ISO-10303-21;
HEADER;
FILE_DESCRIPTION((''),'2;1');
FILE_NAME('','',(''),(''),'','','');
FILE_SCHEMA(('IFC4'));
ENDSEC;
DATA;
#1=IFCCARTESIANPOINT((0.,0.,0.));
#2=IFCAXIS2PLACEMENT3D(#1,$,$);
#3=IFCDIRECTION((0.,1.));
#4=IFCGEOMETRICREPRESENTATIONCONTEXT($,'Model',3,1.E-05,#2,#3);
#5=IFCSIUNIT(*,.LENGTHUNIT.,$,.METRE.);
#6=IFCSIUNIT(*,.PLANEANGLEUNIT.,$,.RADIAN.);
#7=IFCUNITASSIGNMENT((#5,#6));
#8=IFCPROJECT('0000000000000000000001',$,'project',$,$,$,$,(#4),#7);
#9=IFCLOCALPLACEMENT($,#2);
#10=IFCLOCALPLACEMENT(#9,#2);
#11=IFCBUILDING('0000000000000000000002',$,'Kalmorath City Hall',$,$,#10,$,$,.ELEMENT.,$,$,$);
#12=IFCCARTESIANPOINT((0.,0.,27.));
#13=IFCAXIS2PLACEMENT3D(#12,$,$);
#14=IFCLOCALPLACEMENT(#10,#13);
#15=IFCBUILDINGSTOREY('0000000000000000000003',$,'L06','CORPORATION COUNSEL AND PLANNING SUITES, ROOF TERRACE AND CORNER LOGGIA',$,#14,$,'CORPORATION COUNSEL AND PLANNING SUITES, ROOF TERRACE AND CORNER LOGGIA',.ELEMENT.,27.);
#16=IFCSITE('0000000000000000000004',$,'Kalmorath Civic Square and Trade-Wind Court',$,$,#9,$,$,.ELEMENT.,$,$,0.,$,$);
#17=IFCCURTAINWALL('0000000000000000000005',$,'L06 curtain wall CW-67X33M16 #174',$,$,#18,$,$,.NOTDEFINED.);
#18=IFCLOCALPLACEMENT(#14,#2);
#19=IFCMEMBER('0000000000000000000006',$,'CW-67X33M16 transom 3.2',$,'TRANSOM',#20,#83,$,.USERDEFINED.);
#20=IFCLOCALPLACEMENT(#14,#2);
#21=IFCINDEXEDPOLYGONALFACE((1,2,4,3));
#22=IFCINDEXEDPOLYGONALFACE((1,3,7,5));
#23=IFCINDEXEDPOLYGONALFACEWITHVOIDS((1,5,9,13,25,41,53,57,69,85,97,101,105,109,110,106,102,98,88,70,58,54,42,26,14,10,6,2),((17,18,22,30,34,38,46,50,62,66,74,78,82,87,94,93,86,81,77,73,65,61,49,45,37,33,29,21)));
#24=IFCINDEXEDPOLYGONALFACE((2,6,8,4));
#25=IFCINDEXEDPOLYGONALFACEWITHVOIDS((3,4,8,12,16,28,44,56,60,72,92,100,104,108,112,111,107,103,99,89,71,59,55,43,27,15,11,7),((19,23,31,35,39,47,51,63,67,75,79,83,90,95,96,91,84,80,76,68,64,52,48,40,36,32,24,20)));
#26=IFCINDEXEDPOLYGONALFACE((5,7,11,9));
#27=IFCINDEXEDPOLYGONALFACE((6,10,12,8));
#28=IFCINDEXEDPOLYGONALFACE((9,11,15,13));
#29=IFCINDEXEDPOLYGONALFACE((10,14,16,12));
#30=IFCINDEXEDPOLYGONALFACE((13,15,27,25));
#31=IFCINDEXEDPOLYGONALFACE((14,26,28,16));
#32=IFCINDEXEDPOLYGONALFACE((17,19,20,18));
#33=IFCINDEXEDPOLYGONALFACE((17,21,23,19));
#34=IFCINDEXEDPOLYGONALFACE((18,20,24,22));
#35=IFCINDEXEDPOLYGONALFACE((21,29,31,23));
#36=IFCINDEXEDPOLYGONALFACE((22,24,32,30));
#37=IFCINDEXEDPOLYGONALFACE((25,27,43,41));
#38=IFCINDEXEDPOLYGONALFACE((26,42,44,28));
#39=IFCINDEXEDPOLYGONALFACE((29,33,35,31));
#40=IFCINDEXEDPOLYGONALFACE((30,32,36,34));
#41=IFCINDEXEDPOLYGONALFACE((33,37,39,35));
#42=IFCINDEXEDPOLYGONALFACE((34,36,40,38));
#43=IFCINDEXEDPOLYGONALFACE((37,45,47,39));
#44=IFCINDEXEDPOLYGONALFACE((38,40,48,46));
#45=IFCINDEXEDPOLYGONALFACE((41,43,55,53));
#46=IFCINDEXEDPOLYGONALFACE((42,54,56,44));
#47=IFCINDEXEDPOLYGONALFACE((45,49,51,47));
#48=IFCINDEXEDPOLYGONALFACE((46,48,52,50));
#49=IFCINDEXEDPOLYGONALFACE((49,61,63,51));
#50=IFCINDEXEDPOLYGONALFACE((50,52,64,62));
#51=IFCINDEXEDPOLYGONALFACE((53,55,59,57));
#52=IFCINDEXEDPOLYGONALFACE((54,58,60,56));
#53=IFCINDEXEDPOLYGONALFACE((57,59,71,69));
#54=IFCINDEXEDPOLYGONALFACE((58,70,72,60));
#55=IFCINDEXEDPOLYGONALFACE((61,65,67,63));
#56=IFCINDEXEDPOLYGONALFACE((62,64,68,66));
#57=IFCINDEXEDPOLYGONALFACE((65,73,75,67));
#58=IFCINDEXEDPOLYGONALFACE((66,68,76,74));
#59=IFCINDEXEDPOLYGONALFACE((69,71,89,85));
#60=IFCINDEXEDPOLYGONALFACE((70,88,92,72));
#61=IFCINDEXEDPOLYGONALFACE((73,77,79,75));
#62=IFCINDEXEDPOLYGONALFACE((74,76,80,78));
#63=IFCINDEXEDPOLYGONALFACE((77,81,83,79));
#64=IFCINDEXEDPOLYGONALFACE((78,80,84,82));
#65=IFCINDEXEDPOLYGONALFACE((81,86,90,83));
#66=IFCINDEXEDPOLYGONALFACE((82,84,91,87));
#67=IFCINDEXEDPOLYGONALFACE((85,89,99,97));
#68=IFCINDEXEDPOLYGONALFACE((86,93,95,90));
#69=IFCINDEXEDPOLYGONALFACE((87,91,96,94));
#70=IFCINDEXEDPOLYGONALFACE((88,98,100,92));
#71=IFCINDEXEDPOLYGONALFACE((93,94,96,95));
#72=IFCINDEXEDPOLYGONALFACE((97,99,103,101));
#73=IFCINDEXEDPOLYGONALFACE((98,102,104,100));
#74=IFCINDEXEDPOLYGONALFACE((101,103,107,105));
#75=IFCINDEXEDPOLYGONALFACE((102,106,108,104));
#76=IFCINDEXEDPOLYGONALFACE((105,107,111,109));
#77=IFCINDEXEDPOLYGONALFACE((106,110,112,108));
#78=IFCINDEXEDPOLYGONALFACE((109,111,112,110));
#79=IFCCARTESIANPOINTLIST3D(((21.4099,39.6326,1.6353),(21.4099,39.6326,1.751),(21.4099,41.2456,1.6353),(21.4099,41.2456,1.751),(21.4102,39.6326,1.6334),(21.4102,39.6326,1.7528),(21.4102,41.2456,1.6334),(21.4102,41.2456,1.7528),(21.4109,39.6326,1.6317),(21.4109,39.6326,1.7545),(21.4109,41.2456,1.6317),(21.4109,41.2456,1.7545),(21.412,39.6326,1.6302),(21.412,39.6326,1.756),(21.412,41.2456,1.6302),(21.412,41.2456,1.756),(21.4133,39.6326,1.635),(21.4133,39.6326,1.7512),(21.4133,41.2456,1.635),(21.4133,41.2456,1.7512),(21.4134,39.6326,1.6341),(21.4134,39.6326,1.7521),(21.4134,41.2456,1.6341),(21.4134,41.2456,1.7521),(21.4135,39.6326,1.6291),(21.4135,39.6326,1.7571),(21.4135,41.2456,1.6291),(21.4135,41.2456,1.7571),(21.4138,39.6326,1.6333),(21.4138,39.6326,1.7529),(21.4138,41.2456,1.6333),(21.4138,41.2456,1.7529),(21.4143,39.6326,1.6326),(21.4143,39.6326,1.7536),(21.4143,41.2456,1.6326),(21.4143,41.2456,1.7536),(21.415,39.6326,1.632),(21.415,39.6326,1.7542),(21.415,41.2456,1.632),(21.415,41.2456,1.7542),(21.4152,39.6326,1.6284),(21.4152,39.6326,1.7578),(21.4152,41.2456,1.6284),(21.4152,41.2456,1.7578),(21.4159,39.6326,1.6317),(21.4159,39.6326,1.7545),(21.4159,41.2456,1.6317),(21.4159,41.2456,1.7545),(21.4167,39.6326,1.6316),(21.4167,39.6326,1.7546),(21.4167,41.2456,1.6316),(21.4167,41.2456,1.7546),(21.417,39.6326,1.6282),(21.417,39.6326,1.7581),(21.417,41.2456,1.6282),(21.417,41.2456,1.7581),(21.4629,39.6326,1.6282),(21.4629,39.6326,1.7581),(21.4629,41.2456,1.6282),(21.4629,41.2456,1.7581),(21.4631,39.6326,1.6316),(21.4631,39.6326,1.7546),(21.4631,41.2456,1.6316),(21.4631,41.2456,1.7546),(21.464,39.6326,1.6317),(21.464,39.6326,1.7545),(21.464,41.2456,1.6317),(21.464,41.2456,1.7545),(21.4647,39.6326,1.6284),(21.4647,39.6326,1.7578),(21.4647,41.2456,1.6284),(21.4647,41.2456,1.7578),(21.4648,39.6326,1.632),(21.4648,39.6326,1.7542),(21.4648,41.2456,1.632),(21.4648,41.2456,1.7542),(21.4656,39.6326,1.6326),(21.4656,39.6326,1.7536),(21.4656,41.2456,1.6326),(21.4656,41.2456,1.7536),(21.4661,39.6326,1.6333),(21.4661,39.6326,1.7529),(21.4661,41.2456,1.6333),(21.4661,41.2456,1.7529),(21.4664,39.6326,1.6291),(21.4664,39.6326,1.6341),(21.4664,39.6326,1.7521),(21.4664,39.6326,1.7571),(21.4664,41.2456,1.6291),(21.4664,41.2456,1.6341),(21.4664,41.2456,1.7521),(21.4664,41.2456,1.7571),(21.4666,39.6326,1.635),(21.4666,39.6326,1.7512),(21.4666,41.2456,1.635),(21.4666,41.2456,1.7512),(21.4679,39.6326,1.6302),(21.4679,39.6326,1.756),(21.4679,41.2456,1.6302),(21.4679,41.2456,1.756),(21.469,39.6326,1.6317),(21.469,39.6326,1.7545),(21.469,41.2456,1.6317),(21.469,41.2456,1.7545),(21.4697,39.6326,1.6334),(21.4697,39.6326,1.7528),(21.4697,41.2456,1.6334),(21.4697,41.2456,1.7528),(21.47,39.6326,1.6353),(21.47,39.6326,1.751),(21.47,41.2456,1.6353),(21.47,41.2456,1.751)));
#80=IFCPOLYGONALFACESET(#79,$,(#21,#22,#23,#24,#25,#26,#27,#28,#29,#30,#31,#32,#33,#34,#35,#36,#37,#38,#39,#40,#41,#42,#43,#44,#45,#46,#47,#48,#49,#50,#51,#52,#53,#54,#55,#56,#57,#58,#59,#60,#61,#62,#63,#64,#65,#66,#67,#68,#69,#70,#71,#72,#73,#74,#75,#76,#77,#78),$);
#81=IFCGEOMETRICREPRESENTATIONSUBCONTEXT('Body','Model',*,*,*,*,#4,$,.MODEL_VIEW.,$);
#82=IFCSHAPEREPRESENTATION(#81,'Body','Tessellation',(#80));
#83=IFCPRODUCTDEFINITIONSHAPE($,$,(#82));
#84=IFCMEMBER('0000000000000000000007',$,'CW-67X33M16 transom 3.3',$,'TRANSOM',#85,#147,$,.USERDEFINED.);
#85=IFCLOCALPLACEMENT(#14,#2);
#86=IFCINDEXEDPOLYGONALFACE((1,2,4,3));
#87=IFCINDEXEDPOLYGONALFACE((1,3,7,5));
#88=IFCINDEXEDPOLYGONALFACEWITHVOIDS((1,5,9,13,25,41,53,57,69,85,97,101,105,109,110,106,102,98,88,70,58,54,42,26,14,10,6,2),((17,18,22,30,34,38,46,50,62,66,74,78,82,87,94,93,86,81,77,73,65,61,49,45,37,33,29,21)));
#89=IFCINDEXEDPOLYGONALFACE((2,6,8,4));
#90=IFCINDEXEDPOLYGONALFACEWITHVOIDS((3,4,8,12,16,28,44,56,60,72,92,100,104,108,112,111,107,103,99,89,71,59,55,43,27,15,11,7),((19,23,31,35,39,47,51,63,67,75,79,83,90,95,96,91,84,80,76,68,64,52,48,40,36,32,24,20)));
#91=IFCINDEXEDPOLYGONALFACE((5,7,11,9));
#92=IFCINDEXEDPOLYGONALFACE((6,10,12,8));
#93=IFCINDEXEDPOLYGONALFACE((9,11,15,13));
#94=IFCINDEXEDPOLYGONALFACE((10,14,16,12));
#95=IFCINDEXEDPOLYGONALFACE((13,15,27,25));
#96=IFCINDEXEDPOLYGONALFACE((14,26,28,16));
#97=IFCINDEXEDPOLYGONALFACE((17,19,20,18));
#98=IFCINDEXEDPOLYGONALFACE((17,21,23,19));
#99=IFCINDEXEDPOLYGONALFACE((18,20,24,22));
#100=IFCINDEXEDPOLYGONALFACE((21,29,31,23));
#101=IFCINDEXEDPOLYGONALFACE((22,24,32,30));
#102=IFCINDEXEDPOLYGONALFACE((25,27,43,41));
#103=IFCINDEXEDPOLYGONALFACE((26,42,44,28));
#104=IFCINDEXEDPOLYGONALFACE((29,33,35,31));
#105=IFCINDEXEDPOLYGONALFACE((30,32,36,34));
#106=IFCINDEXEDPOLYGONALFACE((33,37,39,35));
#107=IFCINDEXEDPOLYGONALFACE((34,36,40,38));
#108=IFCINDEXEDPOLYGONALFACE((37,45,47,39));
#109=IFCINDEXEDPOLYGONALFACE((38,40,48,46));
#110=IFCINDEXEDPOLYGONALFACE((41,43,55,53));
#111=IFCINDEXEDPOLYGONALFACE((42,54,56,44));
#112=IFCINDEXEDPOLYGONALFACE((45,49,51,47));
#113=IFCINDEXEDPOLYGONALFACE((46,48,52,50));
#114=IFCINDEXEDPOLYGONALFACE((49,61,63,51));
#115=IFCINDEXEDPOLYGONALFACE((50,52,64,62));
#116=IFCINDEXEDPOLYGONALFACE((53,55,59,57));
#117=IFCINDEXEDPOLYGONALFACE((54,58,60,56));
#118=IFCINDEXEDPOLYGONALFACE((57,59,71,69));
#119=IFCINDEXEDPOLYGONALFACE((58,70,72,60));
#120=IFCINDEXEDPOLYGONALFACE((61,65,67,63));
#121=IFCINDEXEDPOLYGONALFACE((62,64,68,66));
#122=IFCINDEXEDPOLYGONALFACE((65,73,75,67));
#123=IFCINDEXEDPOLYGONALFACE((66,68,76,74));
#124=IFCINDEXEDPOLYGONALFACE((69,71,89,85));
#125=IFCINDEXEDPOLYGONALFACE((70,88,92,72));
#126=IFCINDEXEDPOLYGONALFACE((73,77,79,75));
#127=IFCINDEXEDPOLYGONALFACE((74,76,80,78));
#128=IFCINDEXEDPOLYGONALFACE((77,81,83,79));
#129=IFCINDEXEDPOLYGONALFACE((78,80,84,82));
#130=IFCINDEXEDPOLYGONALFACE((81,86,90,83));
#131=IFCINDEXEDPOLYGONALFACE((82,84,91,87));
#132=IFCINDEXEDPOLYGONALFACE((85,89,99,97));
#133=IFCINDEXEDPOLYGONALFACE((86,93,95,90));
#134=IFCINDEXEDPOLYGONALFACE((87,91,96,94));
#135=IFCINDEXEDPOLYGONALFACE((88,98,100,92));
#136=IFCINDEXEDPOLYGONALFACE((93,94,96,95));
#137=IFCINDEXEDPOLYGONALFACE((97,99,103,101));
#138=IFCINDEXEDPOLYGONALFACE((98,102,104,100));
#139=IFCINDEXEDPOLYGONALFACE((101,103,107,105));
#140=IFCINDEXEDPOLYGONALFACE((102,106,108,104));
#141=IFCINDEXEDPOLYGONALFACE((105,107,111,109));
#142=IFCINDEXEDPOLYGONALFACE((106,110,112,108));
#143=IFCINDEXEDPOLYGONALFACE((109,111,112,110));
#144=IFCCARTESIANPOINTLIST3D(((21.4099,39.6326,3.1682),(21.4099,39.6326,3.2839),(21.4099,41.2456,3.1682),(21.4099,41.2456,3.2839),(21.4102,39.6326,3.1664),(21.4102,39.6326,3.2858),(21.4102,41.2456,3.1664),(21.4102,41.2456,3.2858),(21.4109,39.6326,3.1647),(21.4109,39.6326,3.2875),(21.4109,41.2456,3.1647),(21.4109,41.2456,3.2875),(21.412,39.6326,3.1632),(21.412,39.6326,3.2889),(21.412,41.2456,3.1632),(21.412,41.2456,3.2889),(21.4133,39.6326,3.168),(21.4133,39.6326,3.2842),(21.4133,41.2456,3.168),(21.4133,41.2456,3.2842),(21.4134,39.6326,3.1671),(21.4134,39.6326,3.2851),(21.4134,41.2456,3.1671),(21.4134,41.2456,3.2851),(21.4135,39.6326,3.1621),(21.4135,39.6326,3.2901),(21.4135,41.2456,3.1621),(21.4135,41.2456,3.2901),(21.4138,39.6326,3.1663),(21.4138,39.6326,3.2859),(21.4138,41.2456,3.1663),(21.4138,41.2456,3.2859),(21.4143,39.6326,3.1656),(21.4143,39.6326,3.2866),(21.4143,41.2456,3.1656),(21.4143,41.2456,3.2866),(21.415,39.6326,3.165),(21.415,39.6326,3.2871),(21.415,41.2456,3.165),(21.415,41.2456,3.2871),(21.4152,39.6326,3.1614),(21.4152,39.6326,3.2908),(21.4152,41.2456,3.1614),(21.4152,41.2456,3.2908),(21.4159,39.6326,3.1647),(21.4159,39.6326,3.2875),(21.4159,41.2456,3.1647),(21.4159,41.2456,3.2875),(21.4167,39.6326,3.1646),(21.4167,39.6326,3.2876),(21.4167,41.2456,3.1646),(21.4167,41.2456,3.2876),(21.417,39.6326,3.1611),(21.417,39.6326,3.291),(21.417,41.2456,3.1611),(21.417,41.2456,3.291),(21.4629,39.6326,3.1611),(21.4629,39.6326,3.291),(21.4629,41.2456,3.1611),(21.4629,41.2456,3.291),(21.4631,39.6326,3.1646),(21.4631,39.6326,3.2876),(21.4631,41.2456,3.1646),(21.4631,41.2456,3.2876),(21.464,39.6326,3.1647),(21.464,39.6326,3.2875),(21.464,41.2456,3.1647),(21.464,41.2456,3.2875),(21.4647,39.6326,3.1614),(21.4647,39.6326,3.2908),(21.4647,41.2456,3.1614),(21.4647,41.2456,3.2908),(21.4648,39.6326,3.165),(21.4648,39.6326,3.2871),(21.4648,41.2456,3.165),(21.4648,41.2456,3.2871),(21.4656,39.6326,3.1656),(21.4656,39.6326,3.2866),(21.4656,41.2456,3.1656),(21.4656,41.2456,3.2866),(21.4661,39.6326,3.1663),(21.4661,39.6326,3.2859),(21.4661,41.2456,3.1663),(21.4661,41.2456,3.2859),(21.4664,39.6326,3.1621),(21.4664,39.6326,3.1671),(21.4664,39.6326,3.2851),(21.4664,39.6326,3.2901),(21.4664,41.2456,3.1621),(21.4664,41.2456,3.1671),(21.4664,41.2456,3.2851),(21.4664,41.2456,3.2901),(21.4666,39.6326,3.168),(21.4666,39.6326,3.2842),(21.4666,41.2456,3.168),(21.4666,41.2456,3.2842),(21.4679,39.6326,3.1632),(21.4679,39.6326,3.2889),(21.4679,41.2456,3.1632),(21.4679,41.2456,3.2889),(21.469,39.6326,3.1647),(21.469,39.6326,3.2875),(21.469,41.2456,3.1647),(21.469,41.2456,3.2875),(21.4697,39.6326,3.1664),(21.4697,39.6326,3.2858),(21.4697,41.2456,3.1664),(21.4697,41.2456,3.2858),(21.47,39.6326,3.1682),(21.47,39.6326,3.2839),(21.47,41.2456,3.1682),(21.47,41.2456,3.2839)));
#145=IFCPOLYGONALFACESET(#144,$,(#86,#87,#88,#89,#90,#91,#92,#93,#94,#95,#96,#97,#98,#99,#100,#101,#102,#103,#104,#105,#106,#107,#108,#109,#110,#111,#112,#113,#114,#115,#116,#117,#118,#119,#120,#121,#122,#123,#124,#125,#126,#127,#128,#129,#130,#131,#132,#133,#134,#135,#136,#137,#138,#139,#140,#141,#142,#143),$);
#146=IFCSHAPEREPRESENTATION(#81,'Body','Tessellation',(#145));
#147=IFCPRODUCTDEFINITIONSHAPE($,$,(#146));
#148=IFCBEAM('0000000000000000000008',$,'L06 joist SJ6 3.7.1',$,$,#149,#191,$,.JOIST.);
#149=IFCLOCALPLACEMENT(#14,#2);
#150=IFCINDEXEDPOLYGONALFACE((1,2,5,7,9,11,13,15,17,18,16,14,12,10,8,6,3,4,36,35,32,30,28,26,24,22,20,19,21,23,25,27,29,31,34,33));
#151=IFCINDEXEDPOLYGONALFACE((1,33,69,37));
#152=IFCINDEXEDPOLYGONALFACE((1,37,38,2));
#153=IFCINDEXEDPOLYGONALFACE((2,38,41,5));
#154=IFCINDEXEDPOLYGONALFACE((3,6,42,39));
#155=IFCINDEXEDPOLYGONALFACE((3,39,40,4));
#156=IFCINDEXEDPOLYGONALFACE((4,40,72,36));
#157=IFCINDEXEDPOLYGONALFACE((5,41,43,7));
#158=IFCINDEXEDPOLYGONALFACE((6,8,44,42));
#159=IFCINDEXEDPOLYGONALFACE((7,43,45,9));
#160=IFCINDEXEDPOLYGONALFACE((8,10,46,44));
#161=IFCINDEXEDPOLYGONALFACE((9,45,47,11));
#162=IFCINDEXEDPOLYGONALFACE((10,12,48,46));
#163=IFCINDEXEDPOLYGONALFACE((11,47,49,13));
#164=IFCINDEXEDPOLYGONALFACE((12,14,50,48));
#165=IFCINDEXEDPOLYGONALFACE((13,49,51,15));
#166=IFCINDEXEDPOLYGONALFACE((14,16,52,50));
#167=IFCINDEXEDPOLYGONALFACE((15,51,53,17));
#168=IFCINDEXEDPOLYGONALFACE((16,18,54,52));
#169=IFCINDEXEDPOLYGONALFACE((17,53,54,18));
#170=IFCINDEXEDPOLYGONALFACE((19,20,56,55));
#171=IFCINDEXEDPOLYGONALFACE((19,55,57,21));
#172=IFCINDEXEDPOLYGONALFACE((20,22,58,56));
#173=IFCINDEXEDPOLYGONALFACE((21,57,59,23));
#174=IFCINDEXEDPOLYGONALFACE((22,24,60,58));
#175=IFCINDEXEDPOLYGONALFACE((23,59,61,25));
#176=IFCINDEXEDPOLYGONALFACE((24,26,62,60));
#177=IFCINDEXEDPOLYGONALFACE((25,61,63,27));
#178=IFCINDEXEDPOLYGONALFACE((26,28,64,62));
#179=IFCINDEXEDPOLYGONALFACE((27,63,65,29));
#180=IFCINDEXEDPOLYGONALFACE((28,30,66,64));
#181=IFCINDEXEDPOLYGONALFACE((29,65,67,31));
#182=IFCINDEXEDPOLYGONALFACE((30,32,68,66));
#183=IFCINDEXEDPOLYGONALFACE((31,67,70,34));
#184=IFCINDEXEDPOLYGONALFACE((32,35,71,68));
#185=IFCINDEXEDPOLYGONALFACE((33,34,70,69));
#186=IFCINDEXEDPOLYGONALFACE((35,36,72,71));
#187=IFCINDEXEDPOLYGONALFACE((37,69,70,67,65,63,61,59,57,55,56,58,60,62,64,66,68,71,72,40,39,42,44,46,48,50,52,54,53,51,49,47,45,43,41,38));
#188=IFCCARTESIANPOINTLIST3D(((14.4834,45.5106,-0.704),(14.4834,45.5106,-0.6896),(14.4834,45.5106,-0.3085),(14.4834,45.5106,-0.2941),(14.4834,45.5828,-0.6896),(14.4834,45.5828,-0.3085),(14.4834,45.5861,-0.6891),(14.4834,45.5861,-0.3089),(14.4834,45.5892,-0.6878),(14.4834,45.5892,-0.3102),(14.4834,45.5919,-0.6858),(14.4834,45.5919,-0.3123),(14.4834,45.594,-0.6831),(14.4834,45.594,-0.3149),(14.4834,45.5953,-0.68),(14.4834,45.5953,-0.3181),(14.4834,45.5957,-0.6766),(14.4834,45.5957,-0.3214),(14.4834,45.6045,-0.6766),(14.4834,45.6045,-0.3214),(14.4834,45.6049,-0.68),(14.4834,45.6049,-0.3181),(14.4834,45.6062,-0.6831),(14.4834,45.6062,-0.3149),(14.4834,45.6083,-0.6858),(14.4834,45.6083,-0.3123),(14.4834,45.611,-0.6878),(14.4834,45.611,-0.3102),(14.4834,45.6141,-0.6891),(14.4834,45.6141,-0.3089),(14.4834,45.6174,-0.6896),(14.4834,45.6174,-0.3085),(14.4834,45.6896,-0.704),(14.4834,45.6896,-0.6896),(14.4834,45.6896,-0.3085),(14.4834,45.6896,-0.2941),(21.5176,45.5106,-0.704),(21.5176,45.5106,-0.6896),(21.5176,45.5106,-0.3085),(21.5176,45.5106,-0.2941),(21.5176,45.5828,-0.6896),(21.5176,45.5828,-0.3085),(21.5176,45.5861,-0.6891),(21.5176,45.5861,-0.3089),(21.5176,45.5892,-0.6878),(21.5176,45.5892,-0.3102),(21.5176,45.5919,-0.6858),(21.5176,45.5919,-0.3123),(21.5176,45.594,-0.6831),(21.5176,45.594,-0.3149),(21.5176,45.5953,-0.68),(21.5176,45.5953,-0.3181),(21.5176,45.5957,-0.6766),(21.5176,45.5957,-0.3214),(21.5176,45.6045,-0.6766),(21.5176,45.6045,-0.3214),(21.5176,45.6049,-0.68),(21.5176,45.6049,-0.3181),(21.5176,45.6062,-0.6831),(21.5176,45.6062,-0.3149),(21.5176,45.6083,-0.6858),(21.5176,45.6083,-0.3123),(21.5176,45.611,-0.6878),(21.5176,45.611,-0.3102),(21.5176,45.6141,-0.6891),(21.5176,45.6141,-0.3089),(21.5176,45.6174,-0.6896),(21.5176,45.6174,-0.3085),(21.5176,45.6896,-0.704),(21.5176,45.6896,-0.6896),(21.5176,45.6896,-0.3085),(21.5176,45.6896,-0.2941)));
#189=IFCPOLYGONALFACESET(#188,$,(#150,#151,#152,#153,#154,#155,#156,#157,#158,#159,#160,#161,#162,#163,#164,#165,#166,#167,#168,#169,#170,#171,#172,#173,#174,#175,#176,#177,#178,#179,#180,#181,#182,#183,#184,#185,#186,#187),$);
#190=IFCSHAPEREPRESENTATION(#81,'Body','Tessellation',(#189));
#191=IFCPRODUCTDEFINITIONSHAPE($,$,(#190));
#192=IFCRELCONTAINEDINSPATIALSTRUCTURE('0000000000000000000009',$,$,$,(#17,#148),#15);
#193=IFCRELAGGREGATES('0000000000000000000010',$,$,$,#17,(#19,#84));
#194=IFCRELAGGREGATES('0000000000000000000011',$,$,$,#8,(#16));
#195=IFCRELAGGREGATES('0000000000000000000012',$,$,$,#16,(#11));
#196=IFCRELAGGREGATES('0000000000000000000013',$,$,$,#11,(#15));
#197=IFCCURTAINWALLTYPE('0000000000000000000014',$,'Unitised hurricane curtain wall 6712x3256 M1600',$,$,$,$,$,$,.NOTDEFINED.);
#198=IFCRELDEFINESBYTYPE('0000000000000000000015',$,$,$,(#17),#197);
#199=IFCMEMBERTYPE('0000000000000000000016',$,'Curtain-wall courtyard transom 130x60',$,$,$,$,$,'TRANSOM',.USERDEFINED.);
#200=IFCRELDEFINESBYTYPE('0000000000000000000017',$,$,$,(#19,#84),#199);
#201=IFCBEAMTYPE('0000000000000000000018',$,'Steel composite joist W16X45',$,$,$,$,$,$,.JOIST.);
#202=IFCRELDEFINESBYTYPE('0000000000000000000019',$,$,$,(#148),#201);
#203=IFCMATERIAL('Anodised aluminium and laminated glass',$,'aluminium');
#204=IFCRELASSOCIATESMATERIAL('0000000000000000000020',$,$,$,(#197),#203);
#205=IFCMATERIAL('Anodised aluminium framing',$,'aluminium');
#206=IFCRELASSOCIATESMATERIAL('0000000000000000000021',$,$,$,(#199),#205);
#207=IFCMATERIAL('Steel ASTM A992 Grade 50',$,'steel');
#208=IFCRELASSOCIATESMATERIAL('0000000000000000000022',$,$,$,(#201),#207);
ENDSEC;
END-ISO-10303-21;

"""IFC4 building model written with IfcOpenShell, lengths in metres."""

from ifc_helpers import new_model, si_unit, direction, frame, origin, origin_2d, place, context, subcontext, project, spatial, hollow_rectangle, i_section, extrude, material, material_profile, profile_set, type_object, element, aggregate, save


model = new_model("IFC4")

# Units and contexts
model_context = context("Model", 3, precision=1e-05, world=origin(), true_north=direction((0.0, 1.0)))
body_context = subcontext(model_context, "Body", "Model", "MODEL_VIEW")
ifc_project = project(units=[si_unit("LENGTHUNIT", "METRE"), si_unit("PLANEANGLEUNIT", "RADIAN")], contexts=[model_context])

# Site, building, storey
site_placement = place(None, origin())
site = spatial("IfcSite", under=ifc_project, at=site_placement, Name="Kalmorath Civic Square and Trade-Wind Court", CompositionType="ELEMENT", RefElevation=0.0)
building_placement = place(site_placement, origin())
building = spatial("IfcBuilding", under=site, at=building_placement, Name="Kalmorath City Hall", CompositionType="ELEMENT")
storey_placement = place(building_placement, frame((0.0, 0.0, 27.0)))
storey = spatial("IfcBuildingStorey", under=building, at=storey_placement, Name="L06", Description="CORPORATION COUNSEL AND PLANNING SUITES, ROOF TERRACE AND CORNER LOGGIA", LongName="CORPORATION COUNSEL AND PLANNING SUITES, ROOF TERRACE AND CORNER LOGGIA", CompositionType="ELEMENT", Elevation=27.0)

# Curtain wall, members
ifc_material_1 = material(Name="Anodised aluminium and laminated glass", Category="aluminium")
curtain_wall_type = type_object("IfcCurtainWallType", Name="Unitised hurricane curtain wall 6712x3256 M1600", PredefinedType="NOTDEFINED", material=ifc_material_1)
curtain_wall_placement = place(storey_placement, origin())
curtain_wall = element("IfcCurtainWall", 1, at=curtain_wall_placement, inside=storey, type_object=curtain_wall_type, Name="L06 curtain wall CW-67X33M16 #174", PredefinedType="NOTDEFINED")
ifc_material_2 = material(Name="Anodised aluminium framing", Category="aluminium")
ifc_material_profile_1 = material_profile(ifc_material_2, hollow_rectangle(XDim=0.0601, YDim=0.1299, WallThickness=0.0034, InnerFilletRadius=0.0034, OuterFilletRadius=0.0071, at=origin_2d()), Name="ALU-TRN-130X60X3.5")
ifc_profile_set_1 = profile_set([ifc_material_profile_1], Name="Anodised aluminium framing")
member_type_1 = type_object("IfcMemberType", Name="Curtain-wall courtyard transom 130x60", ElementType="TRANSOM", PredefinedType="USERDEFINED", material=ifc_profile_set_1)
member_1_placement = place(storey_placement, frame((21.4399, 39.6326, 1.6931), z_axis=(0.0, 1.0, 0.0), x_axis=(-1.0, 0.0, 0.0)))
member_1 = element("IfcMember", 2, at=member_1_placement, type_object=member_type_1, Name="CW-67X33M16 transom 3.2", ObjectType="TRANSOM", PredefinedType="USERDEFINED", context=body_context, shape_type="SweptSolid", body=[
    extrude(hollow_rectangle(XDim=0.0601, YDim=0.1299, WallThickness=0.0034, InnerFilletRadius=0.0034, OuterFilletRadius=0.0071, at=origin_2d()), origin(), (0.0, 0.0, 1.0), 1.613),
])
member_2_placement = place(storey_placement, frame((21.4399, 39.6326, 3.2261), z_axis=(0.0, 1.0, 0.0), x_axis=(-1.0, 0.0, 0.0)))
member_2 = element("IfcMember", 3, at=member_2_placement, type_object=member_type_1, Name="CW-67X33M16 transom 3.3", ObjectType="TRANSOM", PredefinedType="USERDEFINED", context=body_context, shape_type="SweptSolid", body=[
    extrude(hollow_rectangle(XDim=0.0601, YDim=0.1299, WallThickness=0.0034, InnerFilletRadius=0.0034, OuterFilletRadius=0.0071, at=origin_2d()), origin(), (0.0, 0.0, 1.0), 1.613),
])

# Beam
ifc_material_3 = material(Name="Steel ASTM A992 Grade 50", Category="steel")
ifc_material_profile_2 = material_profile(ifc_material_3, i_section(OverallWidth=0.179, OverallDepth=0.4099, WebThickness=0.0088, FlangeThickness=0.0144, FilletRadius=0.0129, at=origin_2d()), Name="W16X45")
ifc_profile_set_2 = profile_set([ifc_material_profile_2], Name="Steel ASTM A992 Grade 50")
beam_type_1 = type_object("IfcBeamType", Name="Steel composite joist W16X45", PredefinedType="JOIST", material=ifc_profile_set_2)
for number, where, z_axis, x_axis, name in (
    (4, (14.4834, 45.6001, -0.499), (1.0, 0.0, 0.0), (0.0, 1.0, 0.0), "L06 joist SJ6 3.7.1"),
):
    element("IfcBeam", number, at=place(storey_placement, frame(where, z_axis=z_axis, x_axis=x_axis)), inside=storey, type_object=beam_type_1, Name=name, PredefinedType="JOIST", context=body_context, shape_type="SweptSolid", body=[
        extrude(i_section(OverallWidth=0.179, OverallDepth=0.4099, WebThickness=0.0088, FlangeThickness=0.0144, FilletRadius=0.0129, at=origin_2d()), origin(), (0.0, 0.0, 1.0), 7.0342),
    ])

aggregate(curtain_wall, [member_1, member_2])

save(model, "model.ifc")
